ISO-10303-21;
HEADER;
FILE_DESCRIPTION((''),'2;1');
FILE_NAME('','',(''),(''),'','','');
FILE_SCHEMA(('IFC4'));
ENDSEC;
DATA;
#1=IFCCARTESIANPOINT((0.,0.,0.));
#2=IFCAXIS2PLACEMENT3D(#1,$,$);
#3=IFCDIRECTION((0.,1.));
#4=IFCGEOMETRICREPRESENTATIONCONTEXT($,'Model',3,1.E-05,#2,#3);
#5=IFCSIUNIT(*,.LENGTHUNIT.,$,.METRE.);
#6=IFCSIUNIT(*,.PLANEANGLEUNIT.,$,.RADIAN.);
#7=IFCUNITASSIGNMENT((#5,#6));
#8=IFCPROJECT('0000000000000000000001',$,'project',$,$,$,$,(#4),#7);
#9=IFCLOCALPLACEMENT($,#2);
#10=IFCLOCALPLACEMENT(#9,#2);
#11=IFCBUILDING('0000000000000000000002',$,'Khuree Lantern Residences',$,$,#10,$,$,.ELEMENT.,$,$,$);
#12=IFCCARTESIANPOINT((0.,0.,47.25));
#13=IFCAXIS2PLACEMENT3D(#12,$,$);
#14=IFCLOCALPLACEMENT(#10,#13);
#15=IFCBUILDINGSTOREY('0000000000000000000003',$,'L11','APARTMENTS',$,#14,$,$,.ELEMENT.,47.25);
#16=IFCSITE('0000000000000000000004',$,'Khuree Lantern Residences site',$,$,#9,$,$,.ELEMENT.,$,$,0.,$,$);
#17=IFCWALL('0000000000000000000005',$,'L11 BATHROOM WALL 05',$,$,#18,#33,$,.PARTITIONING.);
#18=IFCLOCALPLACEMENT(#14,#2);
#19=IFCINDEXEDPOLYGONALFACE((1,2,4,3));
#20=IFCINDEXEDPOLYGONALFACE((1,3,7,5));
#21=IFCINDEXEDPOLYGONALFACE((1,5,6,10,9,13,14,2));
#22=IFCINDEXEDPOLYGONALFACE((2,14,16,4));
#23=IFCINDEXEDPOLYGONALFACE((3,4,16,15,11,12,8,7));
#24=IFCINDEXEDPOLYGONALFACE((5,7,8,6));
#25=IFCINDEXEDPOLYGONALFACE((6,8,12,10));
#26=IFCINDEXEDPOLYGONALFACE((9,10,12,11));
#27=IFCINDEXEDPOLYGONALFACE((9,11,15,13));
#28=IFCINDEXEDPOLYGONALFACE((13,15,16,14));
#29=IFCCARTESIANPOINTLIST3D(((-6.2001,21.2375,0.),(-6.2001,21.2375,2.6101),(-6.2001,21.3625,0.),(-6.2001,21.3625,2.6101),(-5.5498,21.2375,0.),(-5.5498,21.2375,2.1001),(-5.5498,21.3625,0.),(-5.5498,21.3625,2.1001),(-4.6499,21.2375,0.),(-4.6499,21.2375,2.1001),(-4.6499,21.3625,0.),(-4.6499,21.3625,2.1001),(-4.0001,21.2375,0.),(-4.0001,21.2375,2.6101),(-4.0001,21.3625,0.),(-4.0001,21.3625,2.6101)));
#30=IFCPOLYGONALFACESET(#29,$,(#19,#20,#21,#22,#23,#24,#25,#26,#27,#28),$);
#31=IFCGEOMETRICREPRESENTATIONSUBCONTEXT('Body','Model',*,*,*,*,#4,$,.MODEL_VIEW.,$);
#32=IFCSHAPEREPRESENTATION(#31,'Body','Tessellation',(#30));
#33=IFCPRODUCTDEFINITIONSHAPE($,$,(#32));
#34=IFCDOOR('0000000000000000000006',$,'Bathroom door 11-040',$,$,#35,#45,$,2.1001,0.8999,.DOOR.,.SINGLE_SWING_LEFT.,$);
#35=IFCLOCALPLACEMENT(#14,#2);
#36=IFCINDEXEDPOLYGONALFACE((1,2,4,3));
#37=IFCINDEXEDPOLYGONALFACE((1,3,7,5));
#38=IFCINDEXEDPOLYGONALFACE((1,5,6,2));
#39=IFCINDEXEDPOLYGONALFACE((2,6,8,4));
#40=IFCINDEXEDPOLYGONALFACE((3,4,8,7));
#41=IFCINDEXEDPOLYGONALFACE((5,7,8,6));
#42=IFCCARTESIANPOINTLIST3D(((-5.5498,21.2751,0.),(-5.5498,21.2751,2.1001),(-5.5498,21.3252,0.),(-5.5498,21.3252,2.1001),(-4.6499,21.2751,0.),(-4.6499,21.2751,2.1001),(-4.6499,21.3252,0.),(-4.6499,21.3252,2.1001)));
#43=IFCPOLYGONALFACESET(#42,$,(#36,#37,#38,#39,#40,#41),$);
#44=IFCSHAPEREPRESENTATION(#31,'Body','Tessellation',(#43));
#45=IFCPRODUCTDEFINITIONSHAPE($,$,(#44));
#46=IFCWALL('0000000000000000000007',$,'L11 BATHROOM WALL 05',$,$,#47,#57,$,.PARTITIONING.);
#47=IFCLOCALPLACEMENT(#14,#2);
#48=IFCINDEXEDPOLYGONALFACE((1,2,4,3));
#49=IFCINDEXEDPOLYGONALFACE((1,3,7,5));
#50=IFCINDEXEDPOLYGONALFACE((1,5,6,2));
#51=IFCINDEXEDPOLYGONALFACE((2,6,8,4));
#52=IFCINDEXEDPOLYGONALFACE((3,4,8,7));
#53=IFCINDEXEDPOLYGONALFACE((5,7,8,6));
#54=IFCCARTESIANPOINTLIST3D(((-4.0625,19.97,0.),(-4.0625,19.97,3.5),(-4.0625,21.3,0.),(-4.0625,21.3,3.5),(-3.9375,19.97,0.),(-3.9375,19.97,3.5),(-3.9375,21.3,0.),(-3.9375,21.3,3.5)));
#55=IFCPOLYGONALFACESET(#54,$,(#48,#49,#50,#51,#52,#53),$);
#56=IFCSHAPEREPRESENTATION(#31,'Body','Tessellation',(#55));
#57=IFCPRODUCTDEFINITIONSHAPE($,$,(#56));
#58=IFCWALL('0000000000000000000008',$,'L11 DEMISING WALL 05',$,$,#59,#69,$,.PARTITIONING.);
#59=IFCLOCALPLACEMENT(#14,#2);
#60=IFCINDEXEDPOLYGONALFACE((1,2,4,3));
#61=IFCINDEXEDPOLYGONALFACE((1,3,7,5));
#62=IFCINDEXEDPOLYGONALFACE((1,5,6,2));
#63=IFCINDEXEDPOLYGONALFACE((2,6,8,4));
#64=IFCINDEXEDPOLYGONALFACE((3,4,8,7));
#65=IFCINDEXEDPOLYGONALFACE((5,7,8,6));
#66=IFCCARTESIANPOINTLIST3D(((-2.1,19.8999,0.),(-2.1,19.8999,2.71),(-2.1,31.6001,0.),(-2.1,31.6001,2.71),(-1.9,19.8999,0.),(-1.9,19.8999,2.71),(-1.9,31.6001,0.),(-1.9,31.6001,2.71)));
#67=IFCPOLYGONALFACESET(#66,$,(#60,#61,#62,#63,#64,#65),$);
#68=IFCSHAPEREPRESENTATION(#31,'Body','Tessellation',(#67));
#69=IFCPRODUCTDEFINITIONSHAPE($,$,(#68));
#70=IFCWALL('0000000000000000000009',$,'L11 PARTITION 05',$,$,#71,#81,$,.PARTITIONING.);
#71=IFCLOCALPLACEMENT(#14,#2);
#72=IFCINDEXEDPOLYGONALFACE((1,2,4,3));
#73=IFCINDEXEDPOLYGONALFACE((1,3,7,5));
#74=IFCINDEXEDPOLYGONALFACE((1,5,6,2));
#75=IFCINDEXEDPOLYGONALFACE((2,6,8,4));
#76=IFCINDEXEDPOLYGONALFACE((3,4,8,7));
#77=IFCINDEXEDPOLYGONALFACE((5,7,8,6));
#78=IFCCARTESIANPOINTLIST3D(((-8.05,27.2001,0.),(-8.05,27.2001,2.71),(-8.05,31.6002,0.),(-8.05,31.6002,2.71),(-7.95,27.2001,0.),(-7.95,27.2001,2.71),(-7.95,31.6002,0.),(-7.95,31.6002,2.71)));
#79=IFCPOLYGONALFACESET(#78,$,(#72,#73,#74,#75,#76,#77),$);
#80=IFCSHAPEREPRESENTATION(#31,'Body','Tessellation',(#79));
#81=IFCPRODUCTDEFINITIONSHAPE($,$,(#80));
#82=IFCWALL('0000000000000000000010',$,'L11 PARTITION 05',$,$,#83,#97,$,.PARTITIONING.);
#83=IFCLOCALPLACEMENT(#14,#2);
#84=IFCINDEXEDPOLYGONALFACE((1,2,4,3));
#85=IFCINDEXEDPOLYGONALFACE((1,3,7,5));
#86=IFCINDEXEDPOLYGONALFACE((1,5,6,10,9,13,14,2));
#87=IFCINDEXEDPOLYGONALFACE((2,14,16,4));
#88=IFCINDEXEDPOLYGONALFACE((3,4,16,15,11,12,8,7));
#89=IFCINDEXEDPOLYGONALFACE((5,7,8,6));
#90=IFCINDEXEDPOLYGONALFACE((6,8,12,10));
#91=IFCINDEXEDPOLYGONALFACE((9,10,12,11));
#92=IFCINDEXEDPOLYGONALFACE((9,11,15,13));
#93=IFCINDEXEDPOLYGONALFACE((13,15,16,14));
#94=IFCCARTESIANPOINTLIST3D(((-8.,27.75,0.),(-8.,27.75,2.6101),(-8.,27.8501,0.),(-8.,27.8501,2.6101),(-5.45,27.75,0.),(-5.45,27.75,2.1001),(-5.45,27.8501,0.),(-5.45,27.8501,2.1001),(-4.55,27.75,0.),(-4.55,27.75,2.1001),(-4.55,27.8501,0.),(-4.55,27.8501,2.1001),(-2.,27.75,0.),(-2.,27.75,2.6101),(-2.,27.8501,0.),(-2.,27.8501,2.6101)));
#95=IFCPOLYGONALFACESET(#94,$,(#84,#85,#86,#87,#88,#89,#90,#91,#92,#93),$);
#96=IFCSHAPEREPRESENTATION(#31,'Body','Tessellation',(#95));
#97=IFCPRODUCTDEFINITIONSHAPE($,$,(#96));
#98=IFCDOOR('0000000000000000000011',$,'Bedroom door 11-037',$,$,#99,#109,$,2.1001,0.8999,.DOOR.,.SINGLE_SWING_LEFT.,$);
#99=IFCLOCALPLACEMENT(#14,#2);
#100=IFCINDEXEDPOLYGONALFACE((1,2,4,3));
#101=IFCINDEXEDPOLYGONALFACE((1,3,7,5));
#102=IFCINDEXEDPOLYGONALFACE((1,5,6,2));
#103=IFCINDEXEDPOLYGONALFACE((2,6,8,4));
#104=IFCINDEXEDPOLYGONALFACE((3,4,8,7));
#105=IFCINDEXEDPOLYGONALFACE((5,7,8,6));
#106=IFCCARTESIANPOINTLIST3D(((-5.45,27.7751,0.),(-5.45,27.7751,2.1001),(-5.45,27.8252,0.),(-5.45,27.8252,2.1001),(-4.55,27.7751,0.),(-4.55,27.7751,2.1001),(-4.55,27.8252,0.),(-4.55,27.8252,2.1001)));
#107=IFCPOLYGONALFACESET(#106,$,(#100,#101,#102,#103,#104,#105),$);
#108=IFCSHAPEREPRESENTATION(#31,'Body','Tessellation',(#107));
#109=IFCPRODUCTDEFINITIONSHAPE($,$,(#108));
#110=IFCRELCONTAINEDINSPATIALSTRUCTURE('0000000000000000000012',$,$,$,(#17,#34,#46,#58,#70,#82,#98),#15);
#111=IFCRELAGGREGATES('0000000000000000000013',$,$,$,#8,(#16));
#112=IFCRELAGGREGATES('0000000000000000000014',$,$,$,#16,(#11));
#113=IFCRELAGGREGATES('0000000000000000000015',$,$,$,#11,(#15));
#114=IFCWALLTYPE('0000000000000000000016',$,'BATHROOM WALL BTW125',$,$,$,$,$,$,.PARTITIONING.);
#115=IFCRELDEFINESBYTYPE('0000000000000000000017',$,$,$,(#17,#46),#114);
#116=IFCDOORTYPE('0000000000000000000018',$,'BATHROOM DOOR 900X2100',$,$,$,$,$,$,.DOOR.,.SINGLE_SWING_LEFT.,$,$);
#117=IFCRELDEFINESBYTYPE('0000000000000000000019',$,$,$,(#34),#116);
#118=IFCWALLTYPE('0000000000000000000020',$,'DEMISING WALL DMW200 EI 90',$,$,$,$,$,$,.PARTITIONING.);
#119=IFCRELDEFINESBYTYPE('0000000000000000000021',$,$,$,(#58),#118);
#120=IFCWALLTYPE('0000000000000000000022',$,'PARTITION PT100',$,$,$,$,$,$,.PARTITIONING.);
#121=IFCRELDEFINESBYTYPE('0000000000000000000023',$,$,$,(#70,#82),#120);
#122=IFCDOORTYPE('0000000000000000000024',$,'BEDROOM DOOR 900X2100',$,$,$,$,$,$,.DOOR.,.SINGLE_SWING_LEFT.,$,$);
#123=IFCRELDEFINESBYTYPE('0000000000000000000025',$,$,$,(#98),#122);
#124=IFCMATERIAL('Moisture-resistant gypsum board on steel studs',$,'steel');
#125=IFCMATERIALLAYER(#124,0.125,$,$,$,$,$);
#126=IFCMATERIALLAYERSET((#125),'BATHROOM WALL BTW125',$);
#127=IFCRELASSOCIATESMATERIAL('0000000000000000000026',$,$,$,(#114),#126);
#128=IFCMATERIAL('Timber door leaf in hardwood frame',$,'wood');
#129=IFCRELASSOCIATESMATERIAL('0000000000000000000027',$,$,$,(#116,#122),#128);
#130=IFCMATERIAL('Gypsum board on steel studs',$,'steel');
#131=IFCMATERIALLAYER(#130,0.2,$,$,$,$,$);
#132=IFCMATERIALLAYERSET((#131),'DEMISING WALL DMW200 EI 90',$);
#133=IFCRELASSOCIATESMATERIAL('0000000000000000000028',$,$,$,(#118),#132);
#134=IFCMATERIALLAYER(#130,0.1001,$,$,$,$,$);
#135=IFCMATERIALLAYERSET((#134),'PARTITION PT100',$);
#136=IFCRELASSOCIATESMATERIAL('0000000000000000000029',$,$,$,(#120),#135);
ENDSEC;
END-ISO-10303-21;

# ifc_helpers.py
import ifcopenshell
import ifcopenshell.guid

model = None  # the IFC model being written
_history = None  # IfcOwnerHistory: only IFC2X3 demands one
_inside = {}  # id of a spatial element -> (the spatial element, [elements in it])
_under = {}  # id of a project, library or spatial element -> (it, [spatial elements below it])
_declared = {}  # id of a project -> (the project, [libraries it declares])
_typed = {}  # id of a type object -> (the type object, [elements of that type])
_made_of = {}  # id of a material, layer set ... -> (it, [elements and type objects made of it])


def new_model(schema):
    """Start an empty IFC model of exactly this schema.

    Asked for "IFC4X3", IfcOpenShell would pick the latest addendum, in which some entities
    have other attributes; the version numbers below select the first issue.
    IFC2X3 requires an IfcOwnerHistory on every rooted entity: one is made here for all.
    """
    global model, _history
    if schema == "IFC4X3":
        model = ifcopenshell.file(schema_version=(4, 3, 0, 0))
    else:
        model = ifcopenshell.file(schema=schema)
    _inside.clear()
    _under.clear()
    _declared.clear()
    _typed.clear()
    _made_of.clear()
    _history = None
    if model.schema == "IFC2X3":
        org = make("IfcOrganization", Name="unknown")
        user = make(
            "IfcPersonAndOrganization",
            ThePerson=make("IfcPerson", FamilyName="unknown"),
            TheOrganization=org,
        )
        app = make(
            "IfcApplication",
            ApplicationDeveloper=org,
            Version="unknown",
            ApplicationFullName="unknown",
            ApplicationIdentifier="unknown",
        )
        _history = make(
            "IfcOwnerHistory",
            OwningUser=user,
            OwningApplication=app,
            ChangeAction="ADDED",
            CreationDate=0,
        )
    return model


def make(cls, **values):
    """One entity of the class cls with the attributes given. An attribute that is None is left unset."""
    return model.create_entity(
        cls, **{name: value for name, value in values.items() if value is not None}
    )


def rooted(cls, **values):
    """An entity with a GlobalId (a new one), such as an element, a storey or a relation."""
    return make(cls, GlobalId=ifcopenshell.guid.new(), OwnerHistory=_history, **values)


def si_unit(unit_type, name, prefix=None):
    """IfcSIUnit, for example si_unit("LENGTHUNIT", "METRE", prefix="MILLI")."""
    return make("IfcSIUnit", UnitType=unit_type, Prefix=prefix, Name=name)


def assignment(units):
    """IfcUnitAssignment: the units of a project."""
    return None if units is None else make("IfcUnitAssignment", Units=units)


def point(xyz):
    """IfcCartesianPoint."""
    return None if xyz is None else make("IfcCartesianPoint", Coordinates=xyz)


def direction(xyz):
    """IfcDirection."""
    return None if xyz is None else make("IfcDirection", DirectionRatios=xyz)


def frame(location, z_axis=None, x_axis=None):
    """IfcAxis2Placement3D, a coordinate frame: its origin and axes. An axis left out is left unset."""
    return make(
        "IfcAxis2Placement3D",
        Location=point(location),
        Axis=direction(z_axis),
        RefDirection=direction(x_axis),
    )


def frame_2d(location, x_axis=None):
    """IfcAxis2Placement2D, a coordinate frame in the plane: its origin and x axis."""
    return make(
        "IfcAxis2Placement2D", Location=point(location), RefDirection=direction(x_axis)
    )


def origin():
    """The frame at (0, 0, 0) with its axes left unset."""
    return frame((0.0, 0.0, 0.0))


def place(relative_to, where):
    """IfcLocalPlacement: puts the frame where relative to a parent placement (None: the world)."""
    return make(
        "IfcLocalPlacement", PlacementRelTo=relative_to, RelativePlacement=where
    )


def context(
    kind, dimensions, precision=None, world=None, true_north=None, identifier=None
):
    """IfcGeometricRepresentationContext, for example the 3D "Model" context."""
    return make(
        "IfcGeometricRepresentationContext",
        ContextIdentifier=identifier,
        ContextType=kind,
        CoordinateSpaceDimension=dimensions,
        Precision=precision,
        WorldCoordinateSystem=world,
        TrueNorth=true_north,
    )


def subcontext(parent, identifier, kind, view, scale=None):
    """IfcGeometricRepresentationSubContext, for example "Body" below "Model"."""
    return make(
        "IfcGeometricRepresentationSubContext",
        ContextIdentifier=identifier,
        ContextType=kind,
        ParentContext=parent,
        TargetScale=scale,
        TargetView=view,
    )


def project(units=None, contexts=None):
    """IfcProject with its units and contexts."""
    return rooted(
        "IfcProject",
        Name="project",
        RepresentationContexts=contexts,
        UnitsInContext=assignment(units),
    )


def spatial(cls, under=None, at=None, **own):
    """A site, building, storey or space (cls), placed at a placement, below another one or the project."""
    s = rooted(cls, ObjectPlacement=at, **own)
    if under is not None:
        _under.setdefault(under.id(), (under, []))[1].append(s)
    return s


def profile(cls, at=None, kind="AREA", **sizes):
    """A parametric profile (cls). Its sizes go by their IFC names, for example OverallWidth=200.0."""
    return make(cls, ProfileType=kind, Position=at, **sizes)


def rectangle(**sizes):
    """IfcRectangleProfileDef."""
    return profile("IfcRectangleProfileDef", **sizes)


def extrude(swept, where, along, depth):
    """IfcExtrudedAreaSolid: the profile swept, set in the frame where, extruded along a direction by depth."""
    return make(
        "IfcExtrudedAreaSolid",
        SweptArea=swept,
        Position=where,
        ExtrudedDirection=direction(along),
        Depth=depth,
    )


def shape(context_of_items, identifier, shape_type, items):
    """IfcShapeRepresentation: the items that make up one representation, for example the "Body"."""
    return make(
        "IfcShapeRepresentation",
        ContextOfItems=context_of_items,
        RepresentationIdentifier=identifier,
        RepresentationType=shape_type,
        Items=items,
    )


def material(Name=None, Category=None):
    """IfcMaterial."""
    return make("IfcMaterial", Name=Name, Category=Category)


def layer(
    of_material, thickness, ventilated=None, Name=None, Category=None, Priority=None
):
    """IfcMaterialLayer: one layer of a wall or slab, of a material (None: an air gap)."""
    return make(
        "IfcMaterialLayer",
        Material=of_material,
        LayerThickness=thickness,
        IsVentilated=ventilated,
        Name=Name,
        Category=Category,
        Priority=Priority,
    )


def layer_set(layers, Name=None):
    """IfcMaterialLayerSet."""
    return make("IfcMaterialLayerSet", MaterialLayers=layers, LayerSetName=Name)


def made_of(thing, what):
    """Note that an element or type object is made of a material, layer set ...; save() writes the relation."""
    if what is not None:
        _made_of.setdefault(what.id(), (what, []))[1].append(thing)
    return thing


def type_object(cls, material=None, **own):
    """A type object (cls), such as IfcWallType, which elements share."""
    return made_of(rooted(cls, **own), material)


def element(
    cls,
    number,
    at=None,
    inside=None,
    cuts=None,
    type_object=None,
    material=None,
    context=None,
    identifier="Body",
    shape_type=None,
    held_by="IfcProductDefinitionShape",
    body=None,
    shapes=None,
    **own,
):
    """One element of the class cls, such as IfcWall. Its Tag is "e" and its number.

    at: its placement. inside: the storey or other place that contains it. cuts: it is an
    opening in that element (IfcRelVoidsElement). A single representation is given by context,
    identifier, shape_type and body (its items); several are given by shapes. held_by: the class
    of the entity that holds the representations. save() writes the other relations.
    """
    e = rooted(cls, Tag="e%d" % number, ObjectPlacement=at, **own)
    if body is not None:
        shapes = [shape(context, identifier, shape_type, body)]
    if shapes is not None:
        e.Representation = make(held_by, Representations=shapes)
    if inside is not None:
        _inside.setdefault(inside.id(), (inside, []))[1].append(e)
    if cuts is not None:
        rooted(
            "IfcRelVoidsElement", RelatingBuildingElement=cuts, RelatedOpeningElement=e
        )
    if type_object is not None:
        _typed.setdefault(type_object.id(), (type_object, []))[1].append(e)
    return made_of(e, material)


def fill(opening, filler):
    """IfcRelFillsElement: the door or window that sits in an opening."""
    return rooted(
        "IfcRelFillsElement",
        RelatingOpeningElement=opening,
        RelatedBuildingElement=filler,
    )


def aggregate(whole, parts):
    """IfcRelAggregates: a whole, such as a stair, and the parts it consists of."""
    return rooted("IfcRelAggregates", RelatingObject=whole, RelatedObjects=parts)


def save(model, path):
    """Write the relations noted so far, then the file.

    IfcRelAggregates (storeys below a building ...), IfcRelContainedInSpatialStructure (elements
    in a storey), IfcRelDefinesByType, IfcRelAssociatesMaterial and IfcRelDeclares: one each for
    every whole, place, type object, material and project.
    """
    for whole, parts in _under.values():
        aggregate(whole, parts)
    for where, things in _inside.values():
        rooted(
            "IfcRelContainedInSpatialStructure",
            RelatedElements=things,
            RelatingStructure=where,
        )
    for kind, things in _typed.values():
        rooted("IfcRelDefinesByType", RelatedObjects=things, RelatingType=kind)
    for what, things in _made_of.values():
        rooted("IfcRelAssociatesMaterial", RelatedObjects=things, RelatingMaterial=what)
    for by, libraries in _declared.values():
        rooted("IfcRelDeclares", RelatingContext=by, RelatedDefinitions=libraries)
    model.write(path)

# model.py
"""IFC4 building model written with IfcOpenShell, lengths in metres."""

from ifc_helpers import new_model, si_unit, direction, frame, frame_2d, origin, place, context, subcontext, project, spatial, rectangle, extrude, material, layer, layer_set, type_object, element, fill, save


model = new_model("IFC4")

# Units and contexts
model_context = context("Model", 3, precision=1e-05, world=origin(), true_north=direction((0.0, 1.0)))
body_context = subcontext(model_context, "Body", "Model", "MODEL_VIEW")
ifc_project = project(units=[si_unit("LENGTHUNIT", "METRE"), si_unit("PLANEANGLEUNIT", "RADIAN")], contexts=[model_context])

# Site, building, storey
site_placement = place(None, origin())
site = spatial("IfcSite", under=ifc_project, at=site_placement, Name="Khuree Lantern Residences site", CompositionType="ELEMENT", RefElevation=0.0)
building_placement = place(site_placement, origin())
building = spatial("IfcBuilding", under=site, at=building_placement, Name="Khuree Lantern Residences", CompositionType="ELEMENT")
storey_placement = place(building_placement, frame((0.0, 0.0, 47.25)))
storey = spatial("IfcBuildingStorey", under=building, at=storey_placement, Name="L11", Description="APARTMENTS", CompositionType="ELEMENT", Elevation=47.25)

# Wall, opening, door
ifc_material_1 = material(Name="Moisture-resistant gypsum board on steel studs", Category="steel")
ifc_layer_1 = layer(ifc_material_1, 0.125)
ifc_layer_set_1 = layer_set([ifc_layer_1], Name="BATHROOM WALL BTW125")
wall_type_1 = type_object("IfcWallType", Name="BATHROOM WALL BTW125", PredefinedType="PARTITIONING", material=ifc_layer_set_1)
wall_1_placement = place(storey_placement, frame((-4.0, 21.3, 0.0), z_axis=(0.0, 0.0, 1.0), x_axis=(-1.0, 0.0, 0.0)))
wall_1 = element("IfcWall", 1, at=wall_1_placement, inside=storey, type_object=wall_type_1, Name="L11 BATHROOM WALL 05", PredefinedType="PARTITIONING", context=body_context, shape_type="SweptSolid", body=[
    extrude(rectangle(XDim=2.2, YDim=0.125, at=frame_2d((1.1001, 0.0))), origin(), (0.0, 0.0, 1.0), 2.6101),
])
opening_1_placement = place(wall_1_placement, frame((0.6499, 0.0, 0.0)))
opening_1 = element("IfcOpeningElement", 2, at=opening_1_placement, cuts=wall_1, PredefinedType="OPENING", context=body_context, shape_type="SweptSolid", body=[
    extrude(rectangle(XDim=0.8999, YDim=2.1001, at=frame_2d((0.45, 1.05))), frame((0.0, 0.0725, 0.0), z_axis=(0.0, -1.0, 0.0), x_axis=(1.0, 0.0, 0.0)), (0.0, 0.0, 1.0), 0.145),
])
ifc_material_2 = material(Name="Timber door leaf in hardwood frame", Category="wood")
door_type_1 = type_object("IfcDoorType", Name="BATHROOM DOOR 900X2100", OperationType="SINGLE_SWING_LEFT", PredefinedType="DOOR", material=ifc_material_2)
door_1_placement = place(opening_1_placement, origin())
door_1 = element("IfcDoor", 3, at=door_1_placement, inside=storey, type_object=door_type_1, Name="Bathroom door 11-040", OperationType="SINGLE_SWING_LEFT", OverallHeight=2.1001, OverallWidth=0.8999, PredefinedType="DOOR", context=body_context, shape_type="SweptSolid", body=[
    extrude(rectangle(XDim=0.8999, YDim=2.1001, at=frame_2d((0.45, 1.05))), frame((0.0, 0.0249, 0.0), z_axis=(0.0, -1.0, 0.0), x_axis=(1.0, 0.0, 0.0)), (0.0, 0.0, 1.0), 0.05),
])
fill(opening_1, door_1)

# Walls
wall_2_placement = place(storey_placement, frame((-4.0, 19.97, 0.0), z_axis=(0.0, 0.0, 1.0), x_axis=(0.0, 1.0, 0.0)))
element("IfcWall", 4, at=wall_2_placement, inside=storey, type_object=wall_type_1, Name="L11 BATHROOM WALL 05", PredefinedType="PARTITIONING", context=body_context, shape_type="SweptSolid", body=[
    extrude(rectangle(XDim=1.3301, YDim=0.125, at=frame_2d((0.665, 0.0))), origin(), (0.0, 0.0, 1.0), 3.5),
])
ifc_material_3 = material(Name="Gypsum board on steel studs", Category="steel")
ifc_layer_2 = layer(ifc_material_3, 0.2)
ifc_layer_set_2 = layer_set([ifc_layer_2], Name="DEMISING WALL DMW200 EI 90")
wall_type_2 = type_object("IfcWallType", Name="DEMISING WALL DMW200 EI 90", PredefinedType="PARTITIONING", material=ifc_layer_set_2)
wall_3_placement = place(storey_placement, frame((-2.0, 19.8999, 0.0), z_axis=(0.0, 0.0, 1.0), x_axis=(0.0, 1.0, 0.0)))
element("IfcWall", 5, at=wall_3_placement, inside=storey, type_object=wall_type_2, Name="L11 DEMISING WALL 05", PredefinedType="PARTITIONING", context=body_context, shape_type="SweptSolid", body=[
    extrude(rectangle(XDim=11.7002, YDim=0.2, at=frame_2d((5.8501, 0.0))), origin(), (0.0, 0.0, 1.0), 2.71),
])
ifc_layer_3 = layer(ifc_material_3, 0.1001)
ifc_layer_set_3 = layer_set([ifc_layer_3], Name="PARTITION PT100")
wall_type_3 = type_object("IfcWallType", Name="PARTITION PT100", PredefinedType="PARTITIONING", material=ifc_layer_set_3)
wall_4_placement = place(storey_placement, frame((-8.0, 27.2, 0.0), z_axis=(0.0, 0.0, 1.0), x_axis=(0.0, 1.0, 0.0)))
element("IfcWall", 6, at=wall_4_placement, inside=storey, type_object=wall_type_3, Name="L11 PARTITION 05", PredefinedType="PARTITIONING", context=body_context, shape_type="SweptSolid", body=[
    extrude(rectangle(XDim=4.4001, YDim=0.1001, at=frame_2d((2.2002, 0.0))), origin(), (0.0, 0.0, 1.0), 2.71),
])

# Wall, opening, door
wall_5_placement = place(storey_placement, frame((-2.0, 27.8, 0.0), z_axis=(0.0, 0.0, 1.0), x_axis=(-1.0, 0.0, 0.0)))
wall_5 = element("IfcWall", 7, at=wall_5_placement, inside=storey, type_object=wall_type_3, Name="L11 PARTITION 05", PredefinedType="PARTITIONING", context=body_context, shape_type="SweptSolid", body=[
    extrude(rectangle(XDim=6.0, YDim=0.1001, at=frame_2d((3.0, 0.0))), origin(), (0.0, 0.0, 1.0), 2.6101),
])
opening_2_placement = place(wall_5_placement, frame((2.55, 0.0, 0.0)))
opening_2 = element("IfcOpeningElement", 8, at=opening_2_placement, cuts=wall_5, PredefinedType="OPENING", context=body_context, shape_type="SweptSolid", body=[
    extrude(rectangle(XDim=0.8999, YDim=2.1001, at=frame_2d((0.45, 1.05))), frame((0.0, 0.0601, 0.0), z_axis=(0.0, -1.0, 0.0), x_axis=(1.0, 0.0, 0.0)), (0.0, 0.0, 1.0), 0.1201),
])
door_type_2 = type_object("IfcDoorType", Name="BEDROOM DOOR 900X2100", OperationType="SINGLE_SWING_LEFT", PredefinedType="DOOR", material=ifc_material_2)
door_2_placement = place(opening_2_placement, origin())
door_2 = element("IfcDoor", 9, at=door_2_placement, inside=storey, type_object=door_type_2, Name="Bedroom door 11-037", OperationType="SINGLE_SWING_LEFT", OverallHeight=2.1001, OverallWidth=0.8999, PredefinedType="DOOR", context=body_context, shape_type="SweptSolid", body=[
    extrude(rectangle(XDim=0.8999, YDim=2.1001, at=frame_2d((0.45, 1.05))), frame((0.0, 0.0249, 0.0), z_axis=(0.0, -1.0, 0.0), x_axis=(1.0, 0.0, 0.0)), (0.0, 0.0, 1.0), 0.05),
])
fill(opening_2, door_2)

save(model, "model.ifc")
